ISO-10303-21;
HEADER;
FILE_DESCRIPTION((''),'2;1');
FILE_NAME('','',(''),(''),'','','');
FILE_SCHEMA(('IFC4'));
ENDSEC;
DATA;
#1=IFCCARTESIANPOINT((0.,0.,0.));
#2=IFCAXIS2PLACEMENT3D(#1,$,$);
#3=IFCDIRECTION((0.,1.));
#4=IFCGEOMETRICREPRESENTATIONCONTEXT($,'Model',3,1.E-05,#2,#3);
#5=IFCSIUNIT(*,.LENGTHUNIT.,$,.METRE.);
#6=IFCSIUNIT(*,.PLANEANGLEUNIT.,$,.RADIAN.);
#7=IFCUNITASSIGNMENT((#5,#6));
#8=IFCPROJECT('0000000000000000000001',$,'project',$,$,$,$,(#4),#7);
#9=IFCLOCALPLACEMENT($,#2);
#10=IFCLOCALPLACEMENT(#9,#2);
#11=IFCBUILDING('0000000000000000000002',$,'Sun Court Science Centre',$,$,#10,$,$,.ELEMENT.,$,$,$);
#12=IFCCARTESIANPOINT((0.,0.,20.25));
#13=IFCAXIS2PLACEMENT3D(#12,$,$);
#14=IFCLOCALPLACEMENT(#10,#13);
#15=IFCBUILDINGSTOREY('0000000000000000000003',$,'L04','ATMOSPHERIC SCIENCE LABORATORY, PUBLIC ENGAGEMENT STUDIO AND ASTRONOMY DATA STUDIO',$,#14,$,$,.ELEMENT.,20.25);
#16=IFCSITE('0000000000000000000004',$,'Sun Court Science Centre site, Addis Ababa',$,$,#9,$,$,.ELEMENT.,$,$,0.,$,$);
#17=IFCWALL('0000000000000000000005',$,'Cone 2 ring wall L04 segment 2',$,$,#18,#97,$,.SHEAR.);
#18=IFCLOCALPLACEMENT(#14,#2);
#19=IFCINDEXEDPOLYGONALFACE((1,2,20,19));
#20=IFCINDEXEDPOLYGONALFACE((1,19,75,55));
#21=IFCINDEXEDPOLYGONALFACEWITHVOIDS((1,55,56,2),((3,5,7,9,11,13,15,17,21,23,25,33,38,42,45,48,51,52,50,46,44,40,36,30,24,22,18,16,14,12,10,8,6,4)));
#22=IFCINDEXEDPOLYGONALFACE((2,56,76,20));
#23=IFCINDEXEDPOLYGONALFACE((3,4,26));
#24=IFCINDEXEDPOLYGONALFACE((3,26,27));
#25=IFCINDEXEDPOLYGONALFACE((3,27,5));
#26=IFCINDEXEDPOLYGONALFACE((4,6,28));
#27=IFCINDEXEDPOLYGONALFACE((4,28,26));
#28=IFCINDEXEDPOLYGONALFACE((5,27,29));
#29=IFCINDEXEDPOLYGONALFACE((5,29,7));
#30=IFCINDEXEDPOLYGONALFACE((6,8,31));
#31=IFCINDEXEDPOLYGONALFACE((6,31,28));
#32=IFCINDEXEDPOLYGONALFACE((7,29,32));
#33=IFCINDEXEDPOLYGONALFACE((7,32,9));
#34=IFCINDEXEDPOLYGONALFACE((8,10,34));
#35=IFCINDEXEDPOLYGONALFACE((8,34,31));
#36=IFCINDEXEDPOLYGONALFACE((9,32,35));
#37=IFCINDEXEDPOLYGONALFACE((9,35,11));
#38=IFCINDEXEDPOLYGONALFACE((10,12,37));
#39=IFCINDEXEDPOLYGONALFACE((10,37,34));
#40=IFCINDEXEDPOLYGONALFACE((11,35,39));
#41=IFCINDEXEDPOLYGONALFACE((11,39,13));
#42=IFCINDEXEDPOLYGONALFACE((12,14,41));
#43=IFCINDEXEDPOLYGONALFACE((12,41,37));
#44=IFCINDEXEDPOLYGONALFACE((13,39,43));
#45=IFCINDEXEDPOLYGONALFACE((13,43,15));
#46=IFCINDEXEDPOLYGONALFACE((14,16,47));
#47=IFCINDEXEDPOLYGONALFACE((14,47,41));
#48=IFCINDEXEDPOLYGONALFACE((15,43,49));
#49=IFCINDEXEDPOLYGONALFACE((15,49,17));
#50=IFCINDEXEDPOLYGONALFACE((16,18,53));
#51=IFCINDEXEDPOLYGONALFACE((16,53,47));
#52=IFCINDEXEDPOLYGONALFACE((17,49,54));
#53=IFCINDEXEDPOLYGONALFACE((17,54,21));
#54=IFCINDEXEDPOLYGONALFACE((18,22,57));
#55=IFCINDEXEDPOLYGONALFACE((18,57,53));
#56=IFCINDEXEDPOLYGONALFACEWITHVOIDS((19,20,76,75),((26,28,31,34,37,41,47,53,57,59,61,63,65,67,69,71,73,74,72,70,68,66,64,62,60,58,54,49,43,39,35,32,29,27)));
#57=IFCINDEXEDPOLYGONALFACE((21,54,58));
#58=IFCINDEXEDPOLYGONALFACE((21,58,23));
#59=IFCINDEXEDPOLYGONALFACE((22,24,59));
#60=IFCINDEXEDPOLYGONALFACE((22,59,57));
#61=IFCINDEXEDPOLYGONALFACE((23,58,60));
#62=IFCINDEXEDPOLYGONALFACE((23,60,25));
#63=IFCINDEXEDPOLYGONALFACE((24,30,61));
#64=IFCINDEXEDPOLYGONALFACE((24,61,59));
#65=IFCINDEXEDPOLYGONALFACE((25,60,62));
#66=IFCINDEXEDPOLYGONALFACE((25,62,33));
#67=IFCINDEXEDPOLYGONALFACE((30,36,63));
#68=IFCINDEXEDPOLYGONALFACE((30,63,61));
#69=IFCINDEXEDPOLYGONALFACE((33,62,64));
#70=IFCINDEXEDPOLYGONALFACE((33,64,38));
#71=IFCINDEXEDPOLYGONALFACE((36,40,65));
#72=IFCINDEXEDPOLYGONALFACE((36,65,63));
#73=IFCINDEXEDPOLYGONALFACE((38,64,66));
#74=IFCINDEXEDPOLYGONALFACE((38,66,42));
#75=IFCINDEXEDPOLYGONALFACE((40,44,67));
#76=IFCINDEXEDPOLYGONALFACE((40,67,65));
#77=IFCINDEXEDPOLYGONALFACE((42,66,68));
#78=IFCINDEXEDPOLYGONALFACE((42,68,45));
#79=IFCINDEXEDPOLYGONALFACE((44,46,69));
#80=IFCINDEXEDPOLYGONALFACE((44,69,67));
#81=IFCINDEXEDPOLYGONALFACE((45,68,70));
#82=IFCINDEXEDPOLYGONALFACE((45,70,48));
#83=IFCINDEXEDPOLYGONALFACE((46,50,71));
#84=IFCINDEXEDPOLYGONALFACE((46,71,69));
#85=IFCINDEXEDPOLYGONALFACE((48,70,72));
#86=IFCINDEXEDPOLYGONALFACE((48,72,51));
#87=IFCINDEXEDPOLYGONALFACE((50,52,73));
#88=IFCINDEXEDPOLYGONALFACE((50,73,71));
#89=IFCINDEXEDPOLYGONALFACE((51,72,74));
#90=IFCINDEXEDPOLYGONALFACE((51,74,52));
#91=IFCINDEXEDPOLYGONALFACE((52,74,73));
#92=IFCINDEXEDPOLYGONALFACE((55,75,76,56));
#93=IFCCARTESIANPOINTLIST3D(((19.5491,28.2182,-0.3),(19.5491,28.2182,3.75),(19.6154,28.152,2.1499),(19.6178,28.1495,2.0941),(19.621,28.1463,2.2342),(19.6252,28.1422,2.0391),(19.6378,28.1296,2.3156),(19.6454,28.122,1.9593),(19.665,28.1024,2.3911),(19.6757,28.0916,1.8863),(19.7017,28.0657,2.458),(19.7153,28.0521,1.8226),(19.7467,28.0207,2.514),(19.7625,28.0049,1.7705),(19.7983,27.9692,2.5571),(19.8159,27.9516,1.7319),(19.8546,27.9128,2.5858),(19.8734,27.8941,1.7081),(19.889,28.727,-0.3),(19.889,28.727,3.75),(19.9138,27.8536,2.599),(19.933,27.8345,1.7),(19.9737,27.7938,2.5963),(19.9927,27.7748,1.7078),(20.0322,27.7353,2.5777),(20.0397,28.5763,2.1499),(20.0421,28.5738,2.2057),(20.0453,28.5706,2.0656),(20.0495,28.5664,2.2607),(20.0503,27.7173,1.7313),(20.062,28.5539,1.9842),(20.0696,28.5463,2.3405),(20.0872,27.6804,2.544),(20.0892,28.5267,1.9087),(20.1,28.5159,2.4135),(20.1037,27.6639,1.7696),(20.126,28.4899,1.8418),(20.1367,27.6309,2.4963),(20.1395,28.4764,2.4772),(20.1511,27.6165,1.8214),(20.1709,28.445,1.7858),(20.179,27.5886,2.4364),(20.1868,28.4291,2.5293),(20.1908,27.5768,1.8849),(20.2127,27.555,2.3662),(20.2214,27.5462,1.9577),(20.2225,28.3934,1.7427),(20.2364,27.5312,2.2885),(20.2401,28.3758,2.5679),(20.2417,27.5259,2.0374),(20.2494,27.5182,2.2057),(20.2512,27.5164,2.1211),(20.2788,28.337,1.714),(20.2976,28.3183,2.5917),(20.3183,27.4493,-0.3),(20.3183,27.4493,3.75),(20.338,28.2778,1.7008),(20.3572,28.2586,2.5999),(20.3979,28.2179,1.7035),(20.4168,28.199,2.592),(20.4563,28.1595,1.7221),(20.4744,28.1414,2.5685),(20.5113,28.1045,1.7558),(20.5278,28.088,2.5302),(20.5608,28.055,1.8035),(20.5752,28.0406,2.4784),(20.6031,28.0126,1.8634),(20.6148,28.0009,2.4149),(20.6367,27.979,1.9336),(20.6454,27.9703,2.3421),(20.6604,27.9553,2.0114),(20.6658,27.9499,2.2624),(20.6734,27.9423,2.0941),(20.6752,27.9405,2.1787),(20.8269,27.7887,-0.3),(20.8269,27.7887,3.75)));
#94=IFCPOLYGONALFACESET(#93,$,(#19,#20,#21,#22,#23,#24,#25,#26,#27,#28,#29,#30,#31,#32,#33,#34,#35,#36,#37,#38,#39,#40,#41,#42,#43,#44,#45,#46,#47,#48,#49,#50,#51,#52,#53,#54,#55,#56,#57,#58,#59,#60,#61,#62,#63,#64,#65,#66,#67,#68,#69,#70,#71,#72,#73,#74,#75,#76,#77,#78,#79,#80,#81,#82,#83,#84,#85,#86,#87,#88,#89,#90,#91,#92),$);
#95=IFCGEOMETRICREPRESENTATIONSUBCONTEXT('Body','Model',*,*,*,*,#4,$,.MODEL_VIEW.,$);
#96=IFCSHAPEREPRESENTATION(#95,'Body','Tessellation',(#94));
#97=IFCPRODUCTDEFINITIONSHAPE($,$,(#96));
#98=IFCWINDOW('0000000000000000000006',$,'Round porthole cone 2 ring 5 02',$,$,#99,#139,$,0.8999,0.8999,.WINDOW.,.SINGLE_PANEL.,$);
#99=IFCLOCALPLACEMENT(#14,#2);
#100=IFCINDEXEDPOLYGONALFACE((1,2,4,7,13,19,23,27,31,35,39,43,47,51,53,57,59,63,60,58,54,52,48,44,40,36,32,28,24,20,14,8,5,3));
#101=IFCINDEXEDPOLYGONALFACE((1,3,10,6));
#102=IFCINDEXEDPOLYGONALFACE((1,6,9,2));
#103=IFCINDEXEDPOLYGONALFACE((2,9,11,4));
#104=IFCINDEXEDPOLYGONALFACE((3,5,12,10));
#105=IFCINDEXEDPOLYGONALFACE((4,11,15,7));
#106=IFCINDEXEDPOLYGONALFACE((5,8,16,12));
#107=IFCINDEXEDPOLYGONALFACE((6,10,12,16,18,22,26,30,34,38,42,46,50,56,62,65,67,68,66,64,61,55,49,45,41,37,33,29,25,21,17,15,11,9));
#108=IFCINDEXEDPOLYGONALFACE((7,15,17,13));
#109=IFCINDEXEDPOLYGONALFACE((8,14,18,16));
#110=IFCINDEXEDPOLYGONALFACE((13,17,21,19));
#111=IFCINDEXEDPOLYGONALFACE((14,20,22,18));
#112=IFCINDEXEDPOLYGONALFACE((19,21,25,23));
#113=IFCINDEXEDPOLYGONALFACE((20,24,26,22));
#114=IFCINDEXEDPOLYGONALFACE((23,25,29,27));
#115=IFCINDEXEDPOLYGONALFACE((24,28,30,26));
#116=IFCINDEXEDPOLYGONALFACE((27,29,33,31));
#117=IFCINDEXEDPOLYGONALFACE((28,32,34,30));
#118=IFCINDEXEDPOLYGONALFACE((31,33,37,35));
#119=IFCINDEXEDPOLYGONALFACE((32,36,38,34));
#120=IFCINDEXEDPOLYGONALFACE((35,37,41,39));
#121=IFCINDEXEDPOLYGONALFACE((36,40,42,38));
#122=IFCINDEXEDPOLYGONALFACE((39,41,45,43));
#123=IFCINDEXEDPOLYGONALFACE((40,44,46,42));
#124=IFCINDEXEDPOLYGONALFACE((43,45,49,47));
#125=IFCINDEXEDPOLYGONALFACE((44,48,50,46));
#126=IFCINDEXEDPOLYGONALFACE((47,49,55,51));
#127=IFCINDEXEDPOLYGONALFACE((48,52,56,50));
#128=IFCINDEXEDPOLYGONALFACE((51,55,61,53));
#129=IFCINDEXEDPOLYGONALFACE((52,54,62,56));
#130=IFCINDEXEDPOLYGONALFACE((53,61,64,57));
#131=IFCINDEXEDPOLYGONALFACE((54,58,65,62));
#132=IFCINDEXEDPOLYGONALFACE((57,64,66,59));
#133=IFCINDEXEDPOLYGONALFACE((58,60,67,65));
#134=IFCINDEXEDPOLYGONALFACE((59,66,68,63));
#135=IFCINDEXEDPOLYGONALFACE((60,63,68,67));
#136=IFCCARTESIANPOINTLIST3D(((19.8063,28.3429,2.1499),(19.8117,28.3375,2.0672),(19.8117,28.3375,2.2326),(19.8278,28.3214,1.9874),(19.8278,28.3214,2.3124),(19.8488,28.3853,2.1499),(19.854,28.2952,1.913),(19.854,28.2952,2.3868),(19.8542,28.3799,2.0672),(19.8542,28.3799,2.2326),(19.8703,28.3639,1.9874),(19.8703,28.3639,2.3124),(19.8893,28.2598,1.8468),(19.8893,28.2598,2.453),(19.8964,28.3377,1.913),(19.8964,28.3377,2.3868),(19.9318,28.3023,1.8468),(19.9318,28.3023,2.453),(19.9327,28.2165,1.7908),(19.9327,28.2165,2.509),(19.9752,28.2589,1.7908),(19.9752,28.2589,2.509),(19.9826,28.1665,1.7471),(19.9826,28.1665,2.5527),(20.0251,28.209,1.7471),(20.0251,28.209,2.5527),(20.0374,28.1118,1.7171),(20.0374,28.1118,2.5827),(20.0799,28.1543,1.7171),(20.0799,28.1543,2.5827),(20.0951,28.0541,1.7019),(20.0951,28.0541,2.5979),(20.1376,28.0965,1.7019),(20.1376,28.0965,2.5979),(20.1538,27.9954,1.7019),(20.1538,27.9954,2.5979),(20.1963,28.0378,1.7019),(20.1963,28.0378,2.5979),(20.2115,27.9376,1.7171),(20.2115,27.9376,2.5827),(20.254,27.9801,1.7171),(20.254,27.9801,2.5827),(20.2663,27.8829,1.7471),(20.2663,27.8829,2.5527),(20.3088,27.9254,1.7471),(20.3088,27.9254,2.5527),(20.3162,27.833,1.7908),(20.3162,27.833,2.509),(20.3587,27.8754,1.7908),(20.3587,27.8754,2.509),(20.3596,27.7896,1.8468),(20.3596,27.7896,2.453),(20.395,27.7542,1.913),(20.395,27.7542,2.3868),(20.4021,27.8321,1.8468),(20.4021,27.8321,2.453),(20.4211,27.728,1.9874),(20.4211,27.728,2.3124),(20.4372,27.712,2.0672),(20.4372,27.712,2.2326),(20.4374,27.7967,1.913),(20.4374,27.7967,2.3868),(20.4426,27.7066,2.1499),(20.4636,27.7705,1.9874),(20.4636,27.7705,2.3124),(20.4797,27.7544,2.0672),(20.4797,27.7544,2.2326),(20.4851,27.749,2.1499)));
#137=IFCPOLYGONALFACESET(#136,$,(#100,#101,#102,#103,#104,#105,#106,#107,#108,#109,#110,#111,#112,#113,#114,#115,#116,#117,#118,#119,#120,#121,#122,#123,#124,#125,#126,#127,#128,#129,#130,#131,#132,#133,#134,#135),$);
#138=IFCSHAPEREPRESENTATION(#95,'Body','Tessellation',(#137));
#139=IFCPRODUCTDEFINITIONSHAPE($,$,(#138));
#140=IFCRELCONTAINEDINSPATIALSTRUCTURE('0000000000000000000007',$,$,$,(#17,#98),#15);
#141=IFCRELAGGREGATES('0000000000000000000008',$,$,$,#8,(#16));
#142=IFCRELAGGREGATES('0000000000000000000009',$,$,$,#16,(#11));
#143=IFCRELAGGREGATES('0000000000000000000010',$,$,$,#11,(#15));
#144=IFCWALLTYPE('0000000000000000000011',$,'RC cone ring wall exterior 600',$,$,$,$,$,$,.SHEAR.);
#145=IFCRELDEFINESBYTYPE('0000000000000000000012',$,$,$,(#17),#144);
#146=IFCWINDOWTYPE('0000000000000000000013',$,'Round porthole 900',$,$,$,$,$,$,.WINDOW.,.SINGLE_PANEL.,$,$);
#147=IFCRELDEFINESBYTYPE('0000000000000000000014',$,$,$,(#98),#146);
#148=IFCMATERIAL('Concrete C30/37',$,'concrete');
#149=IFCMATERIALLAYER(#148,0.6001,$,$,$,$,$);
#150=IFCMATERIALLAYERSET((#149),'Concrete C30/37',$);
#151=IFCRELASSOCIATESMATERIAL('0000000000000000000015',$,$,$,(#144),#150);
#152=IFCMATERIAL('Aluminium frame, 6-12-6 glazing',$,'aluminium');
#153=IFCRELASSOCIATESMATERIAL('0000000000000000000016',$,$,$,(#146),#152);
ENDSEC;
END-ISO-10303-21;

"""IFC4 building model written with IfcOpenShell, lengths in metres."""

from ifc_helpers import new_model, si_unit, direction, frame, frame_2d, origin, place, context, subcontext, project, spatial, polyline, circle, outline, extrude, material, layer, layer_set, type_object, element, fill, save


model = new_model("IFC4")

# Units and contexts
model_context = context("Model", 3, precision=1e-05, world=origin(), true_north=direction((0.0, 1.0)))
body_context = subcontext(model_context, "Body", "Model", "MODEL_VIEW")
ifc_project = project(units=[si_unit("LENGTHUNIT", "METRE"), si_unit("PLANEANGLEUNIT", "RADIAN")], contexts=[model_context])

# Site, building, storey
site_placement = place(None, origin())
site = spatial("IfcSite", under=ifc_project, at=site_placement, Name="Sun Court Science Centre site, Addis Ababa", CompositionType="ELEMENT", RefElevation=0.0)
building_placement = place(site_placement, origin())
building = spatial("IfcBuilding", under=site, at=building_placement, Name="Sun Court Science Centre", CompositionType="ELEMENT")
storey_placement = place(building_placement, frame((0.0, 0.0, 20.25)))
storey = spatial("IfcBuildingStorey", under=building, at=storey_placement, Name="L04", Description="ATMOSPHERIC SCIENCE LABORATORY, PUBLIC ENGAGEMENT STUDIO AND ASTRONOMY DATA STUDIO", CompositionType="ELEMENT", Elevation=20.25)

# Wall, opening, window
ifc_material_1 = material(Name="Concrete C30/37", Category="concrete")
ifc_layer = layer(ifc_material_1, 0.6001)
ifc_layer_set = layer_set([ifc_layer], Name="Concrete C30/37")
wall_type = type_object("IfcWallType", Name="RC cone ring wall exterior 600", PredefinedType="SHEAR", material=ifc_layer_set)
ifc_material_2 = material(Name="Aluminium frame, 6-12-6 glazing", Category="aluminium")
window_type = type_object("IfcWindowType", Name="Round porthole 900", PartitioningType="SINGLE_PANEL", PredefinedType="WINDOW", material=ifc_material_2)
wall_1_placement = place(storey_placement, frame((20.6147, 27.5769, -0.3), z_axis=(0.0, 0.0, 1.0), x_axis=(-0.707107, 0.707107, 0.0)))
wall_1 = element("IfcWall", 1, at=wall_1_placement, inside=storey, type_object=wall_type, Name="Cone 2 ring wall L04 segment 2", PredefinedType="SHEAR", context=body_context, shape_type="SweptSolid", body=[
    extrude(outline(polyline([(-0.0002, -0.2998), (1.3264, -0.3), (1.207, 0.3), (0.1194, 0.2998), (-0.0002, -0.2998)])), origin(), (0.0, 0.0, 1.0), 4.05),
])
opening_1_placement = place(wall_1_placement, frame((0.2134, 0.0, 2.0)))
opening_1 = element("IfcOpeningElement", 2, at=opening_1_placement, cuts=wall_1, PredefinedType="OPENING", context=body_context, shape_type="SweptSolid", body=[
    extrude(circle(Radius=0.45, at=frame_2d((0.45, 0.45))), frame((0.0, 0.3101, 0.0), z_axis=(0.0, -1.0, 0.0), x_axis=(1.0, 0.0, 0.0)), (0.0, 0.0, 1.0), 0.6201),
])
window_1_placement = place(opening_1_placement, origin())
window_1 = element("IfcWindow", 3, at=window_1_placement, inside=storey, type_object=window_type, Name="Round porthole cone 2 ring 5 02", OverallHeight=0.8999, OverallWidth=0.8999, PartitioningType="SINGLE_PANEL", PredefinedType="WINDOW", context=body_context, shape_type="SweptSolid", body=[
    extrude(circle(Radius=0.45, at=frame_2d((0.45, 0.45))), frame((0.0, 0.03, 0.0), z_axis=(0.0, -1.0, 0.0), x_axis=(1.0, 0.0, 0.0)), (0.0, 0.0, 1.0), 0.0601),
])
fill(opening_1, window_1)

save(model, "model.ifc")
